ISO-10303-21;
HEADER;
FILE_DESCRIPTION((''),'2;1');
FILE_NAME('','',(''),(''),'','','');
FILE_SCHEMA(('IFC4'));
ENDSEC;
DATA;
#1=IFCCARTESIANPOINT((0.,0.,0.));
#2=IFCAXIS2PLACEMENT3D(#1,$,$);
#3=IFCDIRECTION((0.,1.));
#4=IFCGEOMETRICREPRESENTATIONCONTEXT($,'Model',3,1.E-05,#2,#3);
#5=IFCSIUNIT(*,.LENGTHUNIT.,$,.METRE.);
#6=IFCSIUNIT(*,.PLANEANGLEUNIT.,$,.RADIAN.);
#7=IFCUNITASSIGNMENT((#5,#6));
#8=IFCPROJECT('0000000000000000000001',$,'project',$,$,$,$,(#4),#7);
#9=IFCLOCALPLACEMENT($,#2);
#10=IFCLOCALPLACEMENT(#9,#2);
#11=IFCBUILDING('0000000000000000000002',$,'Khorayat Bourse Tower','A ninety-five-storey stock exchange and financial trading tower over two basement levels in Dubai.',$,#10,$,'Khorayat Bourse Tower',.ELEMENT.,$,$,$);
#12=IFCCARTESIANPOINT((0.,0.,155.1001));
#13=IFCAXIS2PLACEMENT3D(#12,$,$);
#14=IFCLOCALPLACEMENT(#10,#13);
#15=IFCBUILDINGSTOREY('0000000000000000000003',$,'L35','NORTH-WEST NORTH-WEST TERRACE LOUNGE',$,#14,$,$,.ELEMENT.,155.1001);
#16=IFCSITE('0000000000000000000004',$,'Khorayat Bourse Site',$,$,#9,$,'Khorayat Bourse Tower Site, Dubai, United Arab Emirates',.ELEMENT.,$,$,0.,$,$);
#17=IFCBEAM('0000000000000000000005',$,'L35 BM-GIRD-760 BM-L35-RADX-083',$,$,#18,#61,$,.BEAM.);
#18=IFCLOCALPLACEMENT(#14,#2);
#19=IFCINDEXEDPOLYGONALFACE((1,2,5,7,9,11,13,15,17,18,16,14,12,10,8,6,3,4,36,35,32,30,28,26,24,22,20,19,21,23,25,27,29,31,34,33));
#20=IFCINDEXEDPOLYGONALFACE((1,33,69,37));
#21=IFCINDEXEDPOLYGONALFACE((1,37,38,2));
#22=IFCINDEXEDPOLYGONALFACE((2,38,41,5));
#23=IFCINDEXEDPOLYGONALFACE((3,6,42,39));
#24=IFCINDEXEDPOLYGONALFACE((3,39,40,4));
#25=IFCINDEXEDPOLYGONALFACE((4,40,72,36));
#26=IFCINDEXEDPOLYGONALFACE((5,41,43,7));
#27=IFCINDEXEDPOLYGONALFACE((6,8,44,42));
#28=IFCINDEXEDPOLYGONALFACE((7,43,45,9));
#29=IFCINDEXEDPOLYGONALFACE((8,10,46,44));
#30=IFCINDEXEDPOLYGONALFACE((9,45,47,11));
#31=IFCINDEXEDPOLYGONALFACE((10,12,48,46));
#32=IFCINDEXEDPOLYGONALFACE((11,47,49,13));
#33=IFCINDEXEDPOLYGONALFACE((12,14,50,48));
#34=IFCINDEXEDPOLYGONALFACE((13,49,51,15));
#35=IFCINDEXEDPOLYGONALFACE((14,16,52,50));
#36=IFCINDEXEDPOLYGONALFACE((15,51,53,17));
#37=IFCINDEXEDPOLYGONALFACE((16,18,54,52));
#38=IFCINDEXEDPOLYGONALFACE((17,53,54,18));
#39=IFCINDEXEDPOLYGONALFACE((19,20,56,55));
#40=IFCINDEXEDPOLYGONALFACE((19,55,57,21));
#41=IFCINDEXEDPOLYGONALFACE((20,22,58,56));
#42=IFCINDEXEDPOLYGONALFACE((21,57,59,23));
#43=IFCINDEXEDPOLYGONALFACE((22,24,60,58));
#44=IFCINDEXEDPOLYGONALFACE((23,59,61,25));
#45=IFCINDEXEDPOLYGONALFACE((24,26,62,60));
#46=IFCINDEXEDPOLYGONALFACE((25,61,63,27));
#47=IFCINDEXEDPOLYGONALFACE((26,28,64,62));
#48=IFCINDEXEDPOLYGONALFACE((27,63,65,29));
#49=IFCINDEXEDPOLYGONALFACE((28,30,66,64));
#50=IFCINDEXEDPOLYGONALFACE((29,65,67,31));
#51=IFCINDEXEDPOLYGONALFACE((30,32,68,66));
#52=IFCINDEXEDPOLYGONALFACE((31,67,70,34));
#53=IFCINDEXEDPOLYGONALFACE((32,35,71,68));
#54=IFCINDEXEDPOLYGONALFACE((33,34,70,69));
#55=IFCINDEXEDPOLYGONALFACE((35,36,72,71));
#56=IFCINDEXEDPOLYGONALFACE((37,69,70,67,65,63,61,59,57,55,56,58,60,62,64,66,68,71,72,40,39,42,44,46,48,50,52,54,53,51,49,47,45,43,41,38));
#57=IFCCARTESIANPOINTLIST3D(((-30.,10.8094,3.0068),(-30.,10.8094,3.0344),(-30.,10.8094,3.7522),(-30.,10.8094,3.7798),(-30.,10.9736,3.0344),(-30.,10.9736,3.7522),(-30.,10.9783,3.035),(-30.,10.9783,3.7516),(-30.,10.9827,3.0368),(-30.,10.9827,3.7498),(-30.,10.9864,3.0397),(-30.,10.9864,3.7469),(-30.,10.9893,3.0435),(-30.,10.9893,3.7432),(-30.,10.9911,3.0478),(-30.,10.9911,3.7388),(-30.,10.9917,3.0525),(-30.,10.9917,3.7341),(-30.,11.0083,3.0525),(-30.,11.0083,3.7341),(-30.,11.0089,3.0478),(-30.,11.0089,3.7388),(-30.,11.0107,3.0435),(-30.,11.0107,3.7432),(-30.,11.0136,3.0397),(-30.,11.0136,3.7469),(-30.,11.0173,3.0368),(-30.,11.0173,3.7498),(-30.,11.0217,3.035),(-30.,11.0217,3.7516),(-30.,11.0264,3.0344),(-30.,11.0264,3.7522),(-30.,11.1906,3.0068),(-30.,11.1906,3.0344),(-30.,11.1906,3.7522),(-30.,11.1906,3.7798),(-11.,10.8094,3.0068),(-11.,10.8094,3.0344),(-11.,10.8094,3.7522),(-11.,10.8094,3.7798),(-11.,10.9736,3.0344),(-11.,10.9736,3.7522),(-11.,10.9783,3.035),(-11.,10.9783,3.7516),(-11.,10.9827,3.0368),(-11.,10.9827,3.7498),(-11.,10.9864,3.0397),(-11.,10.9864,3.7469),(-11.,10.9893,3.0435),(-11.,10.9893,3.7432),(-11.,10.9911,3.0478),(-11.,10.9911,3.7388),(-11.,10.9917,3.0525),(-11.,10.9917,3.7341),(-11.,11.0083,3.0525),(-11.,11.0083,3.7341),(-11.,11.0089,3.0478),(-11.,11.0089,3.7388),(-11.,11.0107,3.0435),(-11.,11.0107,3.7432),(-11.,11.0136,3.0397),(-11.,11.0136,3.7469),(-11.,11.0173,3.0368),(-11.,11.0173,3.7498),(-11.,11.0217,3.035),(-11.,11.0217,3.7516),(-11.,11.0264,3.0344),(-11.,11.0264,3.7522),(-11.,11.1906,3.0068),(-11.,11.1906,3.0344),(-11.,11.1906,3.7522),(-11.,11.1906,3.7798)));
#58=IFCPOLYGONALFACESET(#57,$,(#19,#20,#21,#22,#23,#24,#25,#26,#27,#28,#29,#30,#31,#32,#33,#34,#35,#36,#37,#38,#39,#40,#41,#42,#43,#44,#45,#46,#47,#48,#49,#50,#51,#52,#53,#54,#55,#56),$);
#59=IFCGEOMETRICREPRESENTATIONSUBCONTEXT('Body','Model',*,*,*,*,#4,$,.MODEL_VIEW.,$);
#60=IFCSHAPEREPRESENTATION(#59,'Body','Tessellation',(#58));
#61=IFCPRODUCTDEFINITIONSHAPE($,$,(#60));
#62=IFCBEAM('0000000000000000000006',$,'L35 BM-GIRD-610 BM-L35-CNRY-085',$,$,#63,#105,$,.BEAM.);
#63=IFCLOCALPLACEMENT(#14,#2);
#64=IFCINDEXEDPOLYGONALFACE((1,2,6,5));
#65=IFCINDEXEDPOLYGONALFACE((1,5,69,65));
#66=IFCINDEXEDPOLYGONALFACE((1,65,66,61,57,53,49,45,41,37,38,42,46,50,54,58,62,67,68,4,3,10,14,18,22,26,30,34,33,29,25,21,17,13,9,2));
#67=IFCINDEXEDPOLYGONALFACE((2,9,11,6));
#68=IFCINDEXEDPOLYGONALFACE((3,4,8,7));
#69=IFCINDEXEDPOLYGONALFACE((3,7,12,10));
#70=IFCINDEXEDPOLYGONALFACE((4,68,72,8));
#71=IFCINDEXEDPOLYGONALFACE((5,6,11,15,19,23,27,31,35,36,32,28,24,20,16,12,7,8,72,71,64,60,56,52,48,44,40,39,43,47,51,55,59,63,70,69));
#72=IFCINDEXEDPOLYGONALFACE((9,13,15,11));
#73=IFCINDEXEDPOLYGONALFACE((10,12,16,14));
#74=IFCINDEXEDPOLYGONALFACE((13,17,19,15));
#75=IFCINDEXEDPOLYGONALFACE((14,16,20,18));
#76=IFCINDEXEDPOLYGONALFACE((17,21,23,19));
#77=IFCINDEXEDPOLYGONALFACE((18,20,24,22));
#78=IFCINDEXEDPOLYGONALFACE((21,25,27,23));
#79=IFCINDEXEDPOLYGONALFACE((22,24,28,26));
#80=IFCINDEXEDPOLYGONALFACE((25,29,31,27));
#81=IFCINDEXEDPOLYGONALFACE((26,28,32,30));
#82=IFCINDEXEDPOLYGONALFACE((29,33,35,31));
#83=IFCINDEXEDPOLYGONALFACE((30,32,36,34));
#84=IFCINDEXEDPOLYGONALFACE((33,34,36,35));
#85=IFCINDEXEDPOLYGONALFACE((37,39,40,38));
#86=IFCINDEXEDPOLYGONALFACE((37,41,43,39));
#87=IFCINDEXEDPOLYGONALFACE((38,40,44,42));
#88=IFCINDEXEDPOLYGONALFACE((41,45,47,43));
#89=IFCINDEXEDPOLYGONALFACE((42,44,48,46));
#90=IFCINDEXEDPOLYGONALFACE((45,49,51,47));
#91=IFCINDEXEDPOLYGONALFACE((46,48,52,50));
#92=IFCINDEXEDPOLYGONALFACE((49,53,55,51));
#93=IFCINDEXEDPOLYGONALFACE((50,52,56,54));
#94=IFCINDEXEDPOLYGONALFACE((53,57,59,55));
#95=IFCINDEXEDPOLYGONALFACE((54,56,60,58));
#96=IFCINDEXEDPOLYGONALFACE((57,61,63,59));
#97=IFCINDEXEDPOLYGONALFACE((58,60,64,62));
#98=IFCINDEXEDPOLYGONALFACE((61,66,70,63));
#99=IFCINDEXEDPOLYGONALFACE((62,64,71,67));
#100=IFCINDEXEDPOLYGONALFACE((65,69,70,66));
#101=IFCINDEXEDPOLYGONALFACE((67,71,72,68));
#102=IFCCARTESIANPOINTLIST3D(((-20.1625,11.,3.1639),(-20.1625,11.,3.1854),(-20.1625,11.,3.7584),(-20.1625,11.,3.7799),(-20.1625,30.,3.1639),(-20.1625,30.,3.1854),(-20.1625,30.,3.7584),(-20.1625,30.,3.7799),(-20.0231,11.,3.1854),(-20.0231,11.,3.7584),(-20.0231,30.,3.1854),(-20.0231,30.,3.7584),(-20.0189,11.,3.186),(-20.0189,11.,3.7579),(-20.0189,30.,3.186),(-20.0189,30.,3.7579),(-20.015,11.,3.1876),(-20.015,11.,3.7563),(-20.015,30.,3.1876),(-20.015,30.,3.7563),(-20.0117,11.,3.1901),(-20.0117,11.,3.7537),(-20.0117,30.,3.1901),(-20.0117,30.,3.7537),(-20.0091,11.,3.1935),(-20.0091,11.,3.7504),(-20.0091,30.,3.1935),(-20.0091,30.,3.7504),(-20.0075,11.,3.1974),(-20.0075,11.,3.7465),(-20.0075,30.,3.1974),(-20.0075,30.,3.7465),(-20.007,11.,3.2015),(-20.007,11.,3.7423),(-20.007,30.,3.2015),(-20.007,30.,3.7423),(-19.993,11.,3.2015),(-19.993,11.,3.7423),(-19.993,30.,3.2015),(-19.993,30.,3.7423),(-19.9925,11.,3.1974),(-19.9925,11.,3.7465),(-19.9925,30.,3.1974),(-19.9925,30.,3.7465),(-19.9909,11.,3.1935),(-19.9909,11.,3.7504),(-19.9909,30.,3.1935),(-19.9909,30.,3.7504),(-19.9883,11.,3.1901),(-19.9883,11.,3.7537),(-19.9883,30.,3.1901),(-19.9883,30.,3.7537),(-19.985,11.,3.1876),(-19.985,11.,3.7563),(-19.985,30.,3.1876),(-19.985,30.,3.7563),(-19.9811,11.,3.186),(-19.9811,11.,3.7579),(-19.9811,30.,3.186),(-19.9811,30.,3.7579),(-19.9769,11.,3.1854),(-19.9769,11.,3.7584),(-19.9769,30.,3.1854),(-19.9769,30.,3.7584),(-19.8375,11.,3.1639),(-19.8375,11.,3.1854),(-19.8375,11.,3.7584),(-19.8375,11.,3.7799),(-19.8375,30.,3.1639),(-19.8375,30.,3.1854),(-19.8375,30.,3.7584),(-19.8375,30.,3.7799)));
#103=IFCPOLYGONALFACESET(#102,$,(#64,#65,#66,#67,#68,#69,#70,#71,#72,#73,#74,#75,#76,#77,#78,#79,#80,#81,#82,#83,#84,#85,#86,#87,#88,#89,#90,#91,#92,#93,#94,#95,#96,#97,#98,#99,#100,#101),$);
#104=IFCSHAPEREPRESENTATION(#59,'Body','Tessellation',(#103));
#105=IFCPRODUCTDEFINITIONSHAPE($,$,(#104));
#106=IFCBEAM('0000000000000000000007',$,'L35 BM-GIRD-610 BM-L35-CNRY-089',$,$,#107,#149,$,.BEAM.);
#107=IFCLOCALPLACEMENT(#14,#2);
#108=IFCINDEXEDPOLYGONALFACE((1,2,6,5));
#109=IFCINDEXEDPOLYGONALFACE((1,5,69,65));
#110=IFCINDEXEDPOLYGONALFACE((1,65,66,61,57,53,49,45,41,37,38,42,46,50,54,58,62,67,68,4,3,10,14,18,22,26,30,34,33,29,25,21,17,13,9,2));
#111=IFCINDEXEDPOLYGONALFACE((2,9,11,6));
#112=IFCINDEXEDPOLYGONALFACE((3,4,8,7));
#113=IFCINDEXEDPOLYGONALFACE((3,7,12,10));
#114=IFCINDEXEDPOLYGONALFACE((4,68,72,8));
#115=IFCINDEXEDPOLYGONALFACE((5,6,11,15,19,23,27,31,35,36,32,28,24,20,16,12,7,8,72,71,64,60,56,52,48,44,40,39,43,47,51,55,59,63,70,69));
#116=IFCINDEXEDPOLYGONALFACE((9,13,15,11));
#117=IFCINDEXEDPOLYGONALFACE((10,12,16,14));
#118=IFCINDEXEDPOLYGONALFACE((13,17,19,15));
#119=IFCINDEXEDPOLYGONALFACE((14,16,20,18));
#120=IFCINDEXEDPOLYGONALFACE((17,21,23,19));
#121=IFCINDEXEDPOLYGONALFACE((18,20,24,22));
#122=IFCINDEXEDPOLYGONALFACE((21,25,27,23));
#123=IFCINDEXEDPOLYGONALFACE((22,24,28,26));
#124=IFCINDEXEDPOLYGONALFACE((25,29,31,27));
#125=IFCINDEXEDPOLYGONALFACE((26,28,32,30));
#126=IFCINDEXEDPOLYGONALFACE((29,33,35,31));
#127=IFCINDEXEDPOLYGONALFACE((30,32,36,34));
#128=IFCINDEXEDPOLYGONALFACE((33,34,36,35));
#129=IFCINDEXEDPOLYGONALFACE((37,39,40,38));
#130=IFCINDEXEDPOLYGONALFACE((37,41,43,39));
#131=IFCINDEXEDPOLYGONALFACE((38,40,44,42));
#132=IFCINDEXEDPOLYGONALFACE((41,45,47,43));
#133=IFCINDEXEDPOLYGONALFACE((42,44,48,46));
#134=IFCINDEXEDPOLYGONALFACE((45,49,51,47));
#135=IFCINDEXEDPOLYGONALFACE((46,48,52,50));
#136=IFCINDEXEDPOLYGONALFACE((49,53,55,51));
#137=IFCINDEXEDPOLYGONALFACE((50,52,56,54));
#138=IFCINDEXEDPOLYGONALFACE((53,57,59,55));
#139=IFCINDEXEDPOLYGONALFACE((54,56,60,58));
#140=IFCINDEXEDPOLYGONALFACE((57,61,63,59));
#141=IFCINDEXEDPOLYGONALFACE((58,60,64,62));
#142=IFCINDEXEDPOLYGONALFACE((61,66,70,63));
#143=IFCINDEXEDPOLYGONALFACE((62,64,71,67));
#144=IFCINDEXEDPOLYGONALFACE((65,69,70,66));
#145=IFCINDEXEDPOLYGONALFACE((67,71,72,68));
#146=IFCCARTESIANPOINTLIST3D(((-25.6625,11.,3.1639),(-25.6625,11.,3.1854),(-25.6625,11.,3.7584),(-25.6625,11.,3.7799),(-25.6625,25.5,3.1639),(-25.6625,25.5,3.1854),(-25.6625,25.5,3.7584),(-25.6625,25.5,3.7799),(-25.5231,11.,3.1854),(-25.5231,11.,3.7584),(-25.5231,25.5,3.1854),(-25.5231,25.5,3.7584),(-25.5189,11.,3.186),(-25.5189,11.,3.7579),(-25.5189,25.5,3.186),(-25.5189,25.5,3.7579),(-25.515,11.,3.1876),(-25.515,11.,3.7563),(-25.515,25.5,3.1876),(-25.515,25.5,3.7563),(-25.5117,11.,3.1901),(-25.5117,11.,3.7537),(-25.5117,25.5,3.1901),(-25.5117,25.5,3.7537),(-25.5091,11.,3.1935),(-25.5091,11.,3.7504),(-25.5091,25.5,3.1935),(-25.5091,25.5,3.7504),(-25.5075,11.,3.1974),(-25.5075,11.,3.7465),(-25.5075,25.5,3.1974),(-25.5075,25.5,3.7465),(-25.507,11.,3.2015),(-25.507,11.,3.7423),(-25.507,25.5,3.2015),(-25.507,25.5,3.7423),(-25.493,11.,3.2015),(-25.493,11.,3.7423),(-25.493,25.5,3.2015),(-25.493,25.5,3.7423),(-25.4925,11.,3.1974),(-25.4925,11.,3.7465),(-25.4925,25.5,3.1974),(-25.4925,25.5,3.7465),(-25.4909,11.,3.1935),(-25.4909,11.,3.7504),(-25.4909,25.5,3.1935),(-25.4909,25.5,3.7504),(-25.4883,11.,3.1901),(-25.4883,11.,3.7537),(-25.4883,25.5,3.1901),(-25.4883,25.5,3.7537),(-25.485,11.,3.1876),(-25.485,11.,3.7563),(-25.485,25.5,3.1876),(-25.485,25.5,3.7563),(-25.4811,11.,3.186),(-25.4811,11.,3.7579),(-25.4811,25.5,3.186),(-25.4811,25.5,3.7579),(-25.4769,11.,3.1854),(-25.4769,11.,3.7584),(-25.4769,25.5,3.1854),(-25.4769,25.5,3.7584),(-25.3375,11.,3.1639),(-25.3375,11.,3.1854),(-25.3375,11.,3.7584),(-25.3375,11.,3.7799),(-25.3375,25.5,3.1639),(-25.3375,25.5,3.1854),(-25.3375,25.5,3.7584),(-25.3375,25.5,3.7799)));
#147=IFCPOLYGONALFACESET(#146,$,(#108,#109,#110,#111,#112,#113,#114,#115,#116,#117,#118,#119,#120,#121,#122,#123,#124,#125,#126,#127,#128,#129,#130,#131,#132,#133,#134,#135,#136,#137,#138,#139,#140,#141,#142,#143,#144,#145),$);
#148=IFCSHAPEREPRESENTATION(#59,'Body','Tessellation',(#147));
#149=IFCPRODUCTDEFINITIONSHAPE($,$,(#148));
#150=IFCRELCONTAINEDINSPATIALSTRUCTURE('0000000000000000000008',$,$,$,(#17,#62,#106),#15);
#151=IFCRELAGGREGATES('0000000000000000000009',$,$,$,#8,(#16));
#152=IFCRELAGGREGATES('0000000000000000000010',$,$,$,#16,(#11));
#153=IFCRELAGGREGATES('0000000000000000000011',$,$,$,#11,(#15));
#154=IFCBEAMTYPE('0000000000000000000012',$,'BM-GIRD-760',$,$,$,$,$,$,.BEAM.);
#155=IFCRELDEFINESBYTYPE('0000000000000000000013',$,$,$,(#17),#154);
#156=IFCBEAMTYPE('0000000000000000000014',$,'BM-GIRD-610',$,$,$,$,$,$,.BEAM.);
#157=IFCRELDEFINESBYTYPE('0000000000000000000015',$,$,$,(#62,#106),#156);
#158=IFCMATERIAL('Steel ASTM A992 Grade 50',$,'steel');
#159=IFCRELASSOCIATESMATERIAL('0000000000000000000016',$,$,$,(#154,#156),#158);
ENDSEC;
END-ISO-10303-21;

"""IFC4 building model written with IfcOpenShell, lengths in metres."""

from ifc_helpers import new_model, si_unit, direction, frame, origin, origin_2d, place, context, subcontext, project, spatial, i_section, extrude, source, transform, mapped, material, material_profile, profile_set, type_object, element, save


model = new_model("IFC4")

# Units and contexts
model_context = context("Model", 3, precision=1e-05, world=origin(), true_north=direction((0.0, 1.0)))
body_context = subcontext(model_context, "Body", "Model", "MODEL_VIEW")
ifc_project = project(units=[si_unit("LENGTHUNIT", "METRE"), si_unit("PLANEANGLEUNIT", "RADIAN")], contexts=[model_context])

# Site, building, storey
site_placement = place(None, origin())
site = spatial("IfcSite", under=ifc_project, at=site_placement, Name="Khorayat Bourse Site", LongName="Khorayat Bourse Tower Site, Dubai, United Arab Emirates", CompositionType="ELEMENT", RefElevation=0.0)
building_placement = place(site_placement, origin())
building = spatial("IfcBuilding", under=site, at=building_placement, Name="Khorayat Bourse Tower", Description="A ninety-five-storey stock exchange and financial trading tower over two basement levels in Dubai.", LongName="Khorayat Bourse Tower", CompositionType="ELEMENT")
storey_placement = place(building_placement, frame((0.0, 0.0, 155.1001)))
storey = spatial("IfcBuildingStorey", under=building, at=storey_placement, Name="L35", Description="NORTH-WEST NORTH-WEST TERRACE LOUNGE", CompositionType="ELEMENT", Elevation=155.1001)

# Beams
ifc_material_1 = material(Name="Steel ASTM A992 Grade 50", Category="steel")
ifc_material_profile_1 = material_profile(ifc_material_1, i_section(OverallWidth=0.3811, OverallDepth=0.7729, WebThickness=0.0166, FlangeThickness=0.0276, FilletRadius=0.0181, at=origin_2d()), Name="W760X257")
ifc_profile_set_1 = profile_set([ifc_material_profile_1], Name="Steel ASTM A992 Grade 50")
beam_type_1 = type_object("IfcBeamType", Name="BM-GIRD-760", PredefinedType="BEAM", material=ifc_profile_set_1)
shared_shape_1 = source(origin(), body_context, "Body", "SweptSolid", [
    extrude(i_section(OverallWidth=0.3811, OverallDepth=0.7729, WebThickness=0.0166, FlangeThickness=0.0276, FilletRadius=0.0181, at=origin_2d()), origin(), (0.0, 0.0, 1.0), 19.0),
])
for number, where, z_axis, x_axis, name in (
    (1, (-30.0, 11.0, 3.3933), (1.0, 0.0, 0.0), (0.0, 1.0, 0.0), "L35 BM-GIRD-760 BM-L35-RADX-083"),
):
    element("IfcBeam", number, at=place(storey_placement, frame(where, z_axis=z_axis, x_axis=x_axis)), inside=storey, type_object=beam_type_1, Name=name, PredefinedType="BEAM", context=body_context, shape_type="MappedRepresentation", body=[
        mapped(shared_shape_1, transform((0.0, 0.0, 0.0), scale=1.0)),
    ])
ifc_material_profile_2 = material_profile(ifc_material_1, i_section(OverallWidth=0.325, OverallDepth=0.616, WebThickness=0.0139, FlangeThickness=0.0215, FilletRadius=0.0161, at=origin_2d()), Name="W610X174")
ifc_profile_set_2 = profile_set([ifc_material_profile_2], Name="Steel ASTM A992 Grade 50")
beam_type_2 = type_object("IfcBeamType", Name="BM-GIRD-610", PredefinedType="BEAM", material=ifc_profile_set_2)
shared_shape_2 = source(origin(), body_context, "Body", "SweptSolid", [
    extrude(i_section(OverallWidth=0.325, OverallDepth=0.616, WebThickness=0.0139, FlangeThickness=0.0215, FilletRadius=0.0161, at=origin_2d()), origin(), (0.0, 0.0, 1.0), 19.0),
])
beam_1_placement = place(storey_placement, frame((-20.0, 11.0, 3.4719), z_axis=(0.0, 1.0, 0.0), x_axis=(-1.0, 0.0, 0.0)))
element("IfcBeam", 2, at=beam_1_placement, inside=storey, type_object=beam_type_2, Name="L35 BM-GIRD-610 BM-L35-CNRY-085", PredefinedType="BEAM", context=body_context, shape_type="MappedRepresentation", body=[
    mapped(shared_shape_2, transform((0.0, 0.0, 0.0), scale=1.0)),
])
shared_shape_3 = source(origin(), body_context, "Body", "SweptSolid", [
    extrude(i_section(OverallWidth=0.325, OverallDepth=0.616, WebThickness=0.0139, FlangeThickness=0.0215, FilletRadius=0.0161, at=origin_2d()), origin(), (0.0, 0.0, 1.0), 14.5),
])
beam_2_placement = place(storey_placement, frame((-25.5, 11.0, 3.4719), z_axis=(0.0, 1.0, 0.0), x_axis=(-1.0, 0.0, 0.0)))
element("IfcBeam", 3, at=beam_2_placement, inside=storey, type_object=beam_type_2, Name="L35 BM-GIRD-610 BM-L35-CNRY-089", PredefinedType="BEAM", context=body_context, shape_type="MappedRepresentation", body=[
    mapped(shared_shape_3, transform((0.0, 0.0, 0.0), scale=1.0)),
])

save(model, "model.ifc")
